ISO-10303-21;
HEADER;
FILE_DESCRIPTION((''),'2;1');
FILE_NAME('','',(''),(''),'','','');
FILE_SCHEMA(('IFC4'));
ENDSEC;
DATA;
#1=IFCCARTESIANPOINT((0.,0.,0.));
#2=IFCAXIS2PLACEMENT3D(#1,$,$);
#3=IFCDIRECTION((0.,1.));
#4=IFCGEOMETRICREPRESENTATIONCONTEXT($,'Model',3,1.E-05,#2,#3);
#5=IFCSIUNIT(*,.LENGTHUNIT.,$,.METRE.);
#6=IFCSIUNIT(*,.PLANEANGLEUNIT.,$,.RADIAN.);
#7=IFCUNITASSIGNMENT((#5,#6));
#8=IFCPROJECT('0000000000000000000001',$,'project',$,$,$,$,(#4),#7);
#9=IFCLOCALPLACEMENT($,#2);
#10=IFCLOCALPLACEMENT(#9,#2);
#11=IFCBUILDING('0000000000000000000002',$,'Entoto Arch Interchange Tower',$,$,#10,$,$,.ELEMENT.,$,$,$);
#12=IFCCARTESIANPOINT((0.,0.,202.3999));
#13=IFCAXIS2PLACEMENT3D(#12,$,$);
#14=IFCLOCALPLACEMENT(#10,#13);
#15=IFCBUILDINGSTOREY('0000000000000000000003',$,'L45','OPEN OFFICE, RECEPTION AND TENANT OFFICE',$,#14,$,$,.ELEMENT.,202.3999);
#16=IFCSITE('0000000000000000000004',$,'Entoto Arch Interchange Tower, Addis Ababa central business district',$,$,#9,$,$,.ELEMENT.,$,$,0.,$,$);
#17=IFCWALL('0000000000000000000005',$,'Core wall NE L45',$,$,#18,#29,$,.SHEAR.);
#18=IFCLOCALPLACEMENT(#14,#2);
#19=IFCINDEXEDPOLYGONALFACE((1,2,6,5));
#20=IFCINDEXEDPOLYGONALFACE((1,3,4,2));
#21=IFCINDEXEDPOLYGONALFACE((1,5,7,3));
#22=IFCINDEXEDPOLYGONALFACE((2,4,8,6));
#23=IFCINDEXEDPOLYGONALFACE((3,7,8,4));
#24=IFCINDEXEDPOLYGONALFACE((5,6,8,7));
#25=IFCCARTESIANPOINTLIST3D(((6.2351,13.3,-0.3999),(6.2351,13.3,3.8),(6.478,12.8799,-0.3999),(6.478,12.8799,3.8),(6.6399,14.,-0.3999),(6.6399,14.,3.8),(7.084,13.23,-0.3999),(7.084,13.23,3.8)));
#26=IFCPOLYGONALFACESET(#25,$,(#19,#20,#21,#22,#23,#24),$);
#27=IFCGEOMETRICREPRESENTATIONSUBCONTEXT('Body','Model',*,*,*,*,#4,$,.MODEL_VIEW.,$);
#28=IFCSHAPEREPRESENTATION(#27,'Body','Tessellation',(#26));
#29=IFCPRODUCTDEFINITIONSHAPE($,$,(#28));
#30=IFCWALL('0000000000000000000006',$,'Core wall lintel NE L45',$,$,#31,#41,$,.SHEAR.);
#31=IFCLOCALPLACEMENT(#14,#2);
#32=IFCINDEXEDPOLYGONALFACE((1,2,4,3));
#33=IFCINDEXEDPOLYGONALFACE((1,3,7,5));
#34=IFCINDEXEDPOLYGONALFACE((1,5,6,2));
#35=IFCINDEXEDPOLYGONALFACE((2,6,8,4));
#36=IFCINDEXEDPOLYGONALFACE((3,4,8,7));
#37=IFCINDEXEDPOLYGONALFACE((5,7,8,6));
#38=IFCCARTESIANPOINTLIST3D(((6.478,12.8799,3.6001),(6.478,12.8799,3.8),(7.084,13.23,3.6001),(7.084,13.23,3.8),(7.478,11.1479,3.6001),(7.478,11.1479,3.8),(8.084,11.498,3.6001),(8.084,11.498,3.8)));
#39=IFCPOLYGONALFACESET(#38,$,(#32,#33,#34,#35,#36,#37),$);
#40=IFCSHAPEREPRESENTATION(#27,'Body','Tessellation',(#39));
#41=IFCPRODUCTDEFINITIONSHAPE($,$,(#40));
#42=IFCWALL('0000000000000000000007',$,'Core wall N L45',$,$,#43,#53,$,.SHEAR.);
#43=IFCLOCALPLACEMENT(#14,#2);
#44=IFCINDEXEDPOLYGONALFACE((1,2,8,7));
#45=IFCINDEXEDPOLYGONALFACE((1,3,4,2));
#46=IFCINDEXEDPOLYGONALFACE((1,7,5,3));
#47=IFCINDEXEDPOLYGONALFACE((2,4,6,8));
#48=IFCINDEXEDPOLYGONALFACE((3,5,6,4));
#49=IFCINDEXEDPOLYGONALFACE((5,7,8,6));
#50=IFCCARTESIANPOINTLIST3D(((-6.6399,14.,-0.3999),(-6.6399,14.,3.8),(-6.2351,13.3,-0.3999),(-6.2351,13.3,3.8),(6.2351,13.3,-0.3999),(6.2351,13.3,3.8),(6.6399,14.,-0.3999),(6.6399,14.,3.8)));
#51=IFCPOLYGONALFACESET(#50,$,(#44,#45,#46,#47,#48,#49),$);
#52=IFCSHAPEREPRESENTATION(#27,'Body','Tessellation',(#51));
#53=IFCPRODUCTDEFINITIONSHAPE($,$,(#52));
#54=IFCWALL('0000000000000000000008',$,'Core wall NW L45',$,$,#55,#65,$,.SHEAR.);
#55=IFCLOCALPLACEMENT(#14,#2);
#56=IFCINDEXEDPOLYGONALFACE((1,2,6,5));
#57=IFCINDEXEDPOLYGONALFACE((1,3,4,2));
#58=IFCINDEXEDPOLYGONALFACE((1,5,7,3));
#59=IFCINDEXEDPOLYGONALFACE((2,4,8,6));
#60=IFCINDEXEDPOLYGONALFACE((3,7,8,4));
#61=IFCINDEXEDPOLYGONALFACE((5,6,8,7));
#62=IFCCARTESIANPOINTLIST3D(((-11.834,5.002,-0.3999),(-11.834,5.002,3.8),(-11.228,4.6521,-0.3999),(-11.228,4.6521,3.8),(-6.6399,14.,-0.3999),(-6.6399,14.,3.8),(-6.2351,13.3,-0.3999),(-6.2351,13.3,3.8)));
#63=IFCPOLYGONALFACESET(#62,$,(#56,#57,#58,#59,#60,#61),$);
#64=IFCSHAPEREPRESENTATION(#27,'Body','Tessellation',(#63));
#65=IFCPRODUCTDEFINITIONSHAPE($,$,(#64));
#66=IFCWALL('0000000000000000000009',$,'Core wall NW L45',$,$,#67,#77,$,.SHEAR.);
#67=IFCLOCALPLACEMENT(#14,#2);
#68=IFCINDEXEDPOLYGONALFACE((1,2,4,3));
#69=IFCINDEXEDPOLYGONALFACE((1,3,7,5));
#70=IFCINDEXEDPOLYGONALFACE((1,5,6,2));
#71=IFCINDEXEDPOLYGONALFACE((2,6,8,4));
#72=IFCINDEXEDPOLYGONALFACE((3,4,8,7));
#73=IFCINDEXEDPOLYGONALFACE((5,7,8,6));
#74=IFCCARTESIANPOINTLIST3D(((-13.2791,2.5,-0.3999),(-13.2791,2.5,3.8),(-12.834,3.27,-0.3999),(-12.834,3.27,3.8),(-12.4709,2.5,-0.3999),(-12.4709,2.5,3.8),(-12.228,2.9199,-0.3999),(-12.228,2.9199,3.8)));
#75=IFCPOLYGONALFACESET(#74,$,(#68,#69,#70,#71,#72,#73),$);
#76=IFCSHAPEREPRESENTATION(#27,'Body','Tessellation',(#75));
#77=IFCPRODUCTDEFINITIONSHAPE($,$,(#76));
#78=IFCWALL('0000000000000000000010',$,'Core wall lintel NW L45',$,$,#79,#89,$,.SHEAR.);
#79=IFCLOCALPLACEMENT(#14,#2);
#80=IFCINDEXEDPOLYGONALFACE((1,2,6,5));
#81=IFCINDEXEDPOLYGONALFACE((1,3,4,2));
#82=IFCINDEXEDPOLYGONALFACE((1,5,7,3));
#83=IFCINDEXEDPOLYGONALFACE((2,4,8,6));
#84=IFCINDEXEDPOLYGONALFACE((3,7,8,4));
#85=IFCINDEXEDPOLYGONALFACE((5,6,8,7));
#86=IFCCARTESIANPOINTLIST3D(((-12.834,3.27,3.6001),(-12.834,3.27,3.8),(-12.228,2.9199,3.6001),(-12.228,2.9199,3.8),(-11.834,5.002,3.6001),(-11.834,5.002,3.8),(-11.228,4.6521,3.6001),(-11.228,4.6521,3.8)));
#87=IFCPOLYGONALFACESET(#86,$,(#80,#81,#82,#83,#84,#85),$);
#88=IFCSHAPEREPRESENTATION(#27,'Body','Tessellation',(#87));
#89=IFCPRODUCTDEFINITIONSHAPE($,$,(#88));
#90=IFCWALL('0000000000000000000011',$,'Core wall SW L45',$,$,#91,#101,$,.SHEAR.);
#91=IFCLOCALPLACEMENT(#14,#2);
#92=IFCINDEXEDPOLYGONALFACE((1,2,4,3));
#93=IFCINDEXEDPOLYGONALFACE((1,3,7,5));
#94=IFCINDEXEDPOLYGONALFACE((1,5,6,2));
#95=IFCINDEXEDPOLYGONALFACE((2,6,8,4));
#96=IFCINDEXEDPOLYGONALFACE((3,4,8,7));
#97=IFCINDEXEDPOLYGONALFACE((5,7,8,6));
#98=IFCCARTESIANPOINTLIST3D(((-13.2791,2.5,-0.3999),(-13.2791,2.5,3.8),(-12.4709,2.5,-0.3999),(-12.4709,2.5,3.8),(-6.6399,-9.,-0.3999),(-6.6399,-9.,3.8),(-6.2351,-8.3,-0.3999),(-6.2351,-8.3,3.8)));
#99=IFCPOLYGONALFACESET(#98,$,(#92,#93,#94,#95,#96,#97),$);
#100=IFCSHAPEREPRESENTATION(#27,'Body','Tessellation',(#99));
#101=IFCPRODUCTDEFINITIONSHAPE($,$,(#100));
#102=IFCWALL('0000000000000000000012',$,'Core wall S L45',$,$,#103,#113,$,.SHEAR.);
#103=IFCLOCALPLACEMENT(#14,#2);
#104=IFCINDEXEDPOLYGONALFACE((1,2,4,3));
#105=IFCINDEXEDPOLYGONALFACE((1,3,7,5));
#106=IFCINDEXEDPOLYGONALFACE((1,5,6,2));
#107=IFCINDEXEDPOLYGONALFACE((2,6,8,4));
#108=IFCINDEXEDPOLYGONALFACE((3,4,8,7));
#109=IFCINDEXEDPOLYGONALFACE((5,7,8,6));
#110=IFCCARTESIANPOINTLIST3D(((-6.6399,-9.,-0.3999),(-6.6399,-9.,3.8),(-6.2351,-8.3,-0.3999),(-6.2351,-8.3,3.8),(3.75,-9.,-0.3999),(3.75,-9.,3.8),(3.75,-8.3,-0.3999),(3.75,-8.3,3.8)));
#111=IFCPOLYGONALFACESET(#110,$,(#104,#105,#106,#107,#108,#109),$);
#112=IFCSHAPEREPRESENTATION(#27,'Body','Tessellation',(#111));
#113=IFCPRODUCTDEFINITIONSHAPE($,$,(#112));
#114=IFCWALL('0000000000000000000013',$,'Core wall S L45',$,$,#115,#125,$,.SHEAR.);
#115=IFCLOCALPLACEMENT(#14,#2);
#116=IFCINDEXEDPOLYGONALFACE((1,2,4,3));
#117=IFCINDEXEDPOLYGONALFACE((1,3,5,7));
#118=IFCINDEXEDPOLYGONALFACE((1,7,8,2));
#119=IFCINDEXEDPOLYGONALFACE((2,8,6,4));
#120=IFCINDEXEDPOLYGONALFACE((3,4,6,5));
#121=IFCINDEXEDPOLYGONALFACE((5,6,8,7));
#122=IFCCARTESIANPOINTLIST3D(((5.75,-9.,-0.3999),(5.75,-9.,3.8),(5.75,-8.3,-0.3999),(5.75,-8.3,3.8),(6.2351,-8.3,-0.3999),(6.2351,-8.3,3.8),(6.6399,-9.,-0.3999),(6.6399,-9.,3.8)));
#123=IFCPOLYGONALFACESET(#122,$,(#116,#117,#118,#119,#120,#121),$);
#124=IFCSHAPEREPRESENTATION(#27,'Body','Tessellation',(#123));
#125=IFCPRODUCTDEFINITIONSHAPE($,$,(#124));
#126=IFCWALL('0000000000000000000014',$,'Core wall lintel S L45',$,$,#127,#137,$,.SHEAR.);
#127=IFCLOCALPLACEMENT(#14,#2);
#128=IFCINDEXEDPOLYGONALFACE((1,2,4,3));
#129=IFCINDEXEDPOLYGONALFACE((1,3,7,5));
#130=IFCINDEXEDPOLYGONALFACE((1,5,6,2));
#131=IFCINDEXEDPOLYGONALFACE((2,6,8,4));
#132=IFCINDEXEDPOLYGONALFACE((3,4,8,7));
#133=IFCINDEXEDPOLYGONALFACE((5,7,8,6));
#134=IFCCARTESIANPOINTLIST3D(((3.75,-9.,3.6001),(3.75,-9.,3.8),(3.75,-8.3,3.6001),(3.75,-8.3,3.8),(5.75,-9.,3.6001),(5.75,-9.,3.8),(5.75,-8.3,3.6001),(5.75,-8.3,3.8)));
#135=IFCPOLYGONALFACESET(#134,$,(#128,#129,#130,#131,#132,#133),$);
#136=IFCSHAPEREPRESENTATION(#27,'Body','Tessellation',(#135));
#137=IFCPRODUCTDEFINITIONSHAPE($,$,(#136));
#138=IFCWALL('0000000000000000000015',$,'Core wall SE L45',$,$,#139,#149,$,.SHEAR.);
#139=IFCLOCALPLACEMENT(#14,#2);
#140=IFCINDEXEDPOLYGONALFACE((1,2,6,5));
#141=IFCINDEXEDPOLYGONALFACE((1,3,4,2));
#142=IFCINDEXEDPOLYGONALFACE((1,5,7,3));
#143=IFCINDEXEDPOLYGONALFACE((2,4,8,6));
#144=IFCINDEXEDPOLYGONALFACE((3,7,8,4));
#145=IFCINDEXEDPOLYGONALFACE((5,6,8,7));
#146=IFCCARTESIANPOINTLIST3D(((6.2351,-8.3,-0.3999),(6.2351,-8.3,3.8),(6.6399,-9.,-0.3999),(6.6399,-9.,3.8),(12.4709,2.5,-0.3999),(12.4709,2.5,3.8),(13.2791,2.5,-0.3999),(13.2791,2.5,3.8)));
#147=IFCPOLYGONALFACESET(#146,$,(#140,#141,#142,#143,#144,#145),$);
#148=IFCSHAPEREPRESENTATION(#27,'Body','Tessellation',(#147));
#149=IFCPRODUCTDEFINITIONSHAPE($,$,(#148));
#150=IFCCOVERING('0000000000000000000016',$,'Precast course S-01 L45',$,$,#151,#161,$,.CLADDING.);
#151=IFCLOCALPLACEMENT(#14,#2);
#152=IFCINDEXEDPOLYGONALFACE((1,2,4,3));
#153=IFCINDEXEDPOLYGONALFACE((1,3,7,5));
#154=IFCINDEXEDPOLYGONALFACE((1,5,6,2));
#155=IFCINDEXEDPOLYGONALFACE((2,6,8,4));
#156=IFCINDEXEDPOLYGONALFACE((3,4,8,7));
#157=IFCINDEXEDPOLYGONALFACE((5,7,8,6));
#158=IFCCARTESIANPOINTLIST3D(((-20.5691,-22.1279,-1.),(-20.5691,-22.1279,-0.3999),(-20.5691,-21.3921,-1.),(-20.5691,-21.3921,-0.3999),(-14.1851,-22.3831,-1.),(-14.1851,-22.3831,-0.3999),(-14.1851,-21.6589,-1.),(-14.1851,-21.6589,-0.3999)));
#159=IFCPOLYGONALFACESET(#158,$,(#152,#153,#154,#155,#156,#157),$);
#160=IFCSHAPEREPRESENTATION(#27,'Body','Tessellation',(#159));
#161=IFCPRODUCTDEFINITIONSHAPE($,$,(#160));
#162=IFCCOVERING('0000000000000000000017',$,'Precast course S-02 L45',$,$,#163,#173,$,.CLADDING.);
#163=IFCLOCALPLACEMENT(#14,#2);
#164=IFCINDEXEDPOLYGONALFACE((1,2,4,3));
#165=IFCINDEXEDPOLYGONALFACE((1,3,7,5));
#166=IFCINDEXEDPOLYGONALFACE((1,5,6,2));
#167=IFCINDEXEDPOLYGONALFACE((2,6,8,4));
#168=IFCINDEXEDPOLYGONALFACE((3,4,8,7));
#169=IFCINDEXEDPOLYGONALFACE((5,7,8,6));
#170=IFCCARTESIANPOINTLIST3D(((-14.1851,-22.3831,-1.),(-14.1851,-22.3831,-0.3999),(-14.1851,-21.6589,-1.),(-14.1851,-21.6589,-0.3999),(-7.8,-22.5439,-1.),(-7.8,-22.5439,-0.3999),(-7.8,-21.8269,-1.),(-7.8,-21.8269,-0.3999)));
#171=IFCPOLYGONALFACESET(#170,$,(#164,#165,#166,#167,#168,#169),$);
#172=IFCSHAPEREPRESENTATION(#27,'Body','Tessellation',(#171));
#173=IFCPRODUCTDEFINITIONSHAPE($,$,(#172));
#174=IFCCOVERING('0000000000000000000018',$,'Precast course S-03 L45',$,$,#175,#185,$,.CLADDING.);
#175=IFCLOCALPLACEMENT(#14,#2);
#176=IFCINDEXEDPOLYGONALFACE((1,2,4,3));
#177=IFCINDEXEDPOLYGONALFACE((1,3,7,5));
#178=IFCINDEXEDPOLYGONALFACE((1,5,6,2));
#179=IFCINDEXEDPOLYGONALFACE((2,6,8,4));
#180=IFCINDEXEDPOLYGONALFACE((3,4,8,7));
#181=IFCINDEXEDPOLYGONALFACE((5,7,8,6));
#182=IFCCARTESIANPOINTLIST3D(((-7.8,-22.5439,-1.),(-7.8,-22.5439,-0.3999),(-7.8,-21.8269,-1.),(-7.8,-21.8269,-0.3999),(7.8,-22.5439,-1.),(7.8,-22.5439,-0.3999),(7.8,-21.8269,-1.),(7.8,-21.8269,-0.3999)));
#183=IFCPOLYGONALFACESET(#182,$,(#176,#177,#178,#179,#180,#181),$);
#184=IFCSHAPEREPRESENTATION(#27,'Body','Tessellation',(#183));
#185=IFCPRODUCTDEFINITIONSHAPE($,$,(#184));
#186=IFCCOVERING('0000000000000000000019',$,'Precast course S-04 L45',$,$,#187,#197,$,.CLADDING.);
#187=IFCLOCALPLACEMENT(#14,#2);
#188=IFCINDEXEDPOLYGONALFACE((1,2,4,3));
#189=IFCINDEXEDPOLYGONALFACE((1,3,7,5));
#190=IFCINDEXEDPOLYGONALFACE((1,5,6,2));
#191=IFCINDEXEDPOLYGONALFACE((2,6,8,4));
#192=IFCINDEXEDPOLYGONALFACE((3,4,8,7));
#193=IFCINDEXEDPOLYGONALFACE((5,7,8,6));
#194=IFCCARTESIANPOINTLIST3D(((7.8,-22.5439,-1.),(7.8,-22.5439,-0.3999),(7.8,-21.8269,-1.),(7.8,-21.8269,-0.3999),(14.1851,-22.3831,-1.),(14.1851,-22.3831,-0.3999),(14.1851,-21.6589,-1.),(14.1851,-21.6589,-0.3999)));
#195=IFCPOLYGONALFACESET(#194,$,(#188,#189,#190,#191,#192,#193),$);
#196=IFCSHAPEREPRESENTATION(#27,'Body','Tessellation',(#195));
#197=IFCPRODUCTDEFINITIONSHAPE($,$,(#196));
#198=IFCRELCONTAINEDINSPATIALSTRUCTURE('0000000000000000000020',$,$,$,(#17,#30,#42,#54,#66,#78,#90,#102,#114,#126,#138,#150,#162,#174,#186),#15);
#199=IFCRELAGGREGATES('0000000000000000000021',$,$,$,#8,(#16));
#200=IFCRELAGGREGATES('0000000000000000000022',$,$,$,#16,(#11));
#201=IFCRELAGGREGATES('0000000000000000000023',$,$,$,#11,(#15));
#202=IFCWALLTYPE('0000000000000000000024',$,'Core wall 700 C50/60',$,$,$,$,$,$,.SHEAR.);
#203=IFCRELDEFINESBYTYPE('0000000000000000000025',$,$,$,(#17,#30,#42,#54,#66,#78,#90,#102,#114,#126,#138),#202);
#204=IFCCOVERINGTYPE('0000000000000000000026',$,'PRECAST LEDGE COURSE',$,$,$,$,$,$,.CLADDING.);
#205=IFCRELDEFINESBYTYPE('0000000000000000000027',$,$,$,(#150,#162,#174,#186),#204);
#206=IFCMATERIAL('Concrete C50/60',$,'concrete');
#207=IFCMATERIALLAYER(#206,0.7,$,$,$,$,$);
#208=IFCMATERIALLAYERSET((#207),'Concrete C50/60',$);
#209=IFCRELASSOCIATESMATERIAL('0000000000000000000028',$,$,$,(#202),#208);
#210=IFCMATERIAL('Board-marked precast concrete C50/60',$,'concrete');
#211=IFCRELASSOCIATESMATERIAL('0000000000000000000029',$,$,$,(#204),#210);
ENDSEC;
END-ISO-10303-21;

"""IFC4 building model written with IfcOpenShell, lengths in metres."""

from ifc_helpers import new_model, si_unit, direction, frame, origin, place, context, subcontext, project, spatial, polyline, outline, extrude, material, layer, layer_set, type_object, element, save


model = new_model("IFC4")

# Units and contexts
model_context = context("Model", 3, precision=1e-05, world=origin(), true_north=direction((0.0, 1.0)))
body_context = subcontext(model_context, "Body", "Model", "MODEL_VIEW")
ifc_project = project(units=[si_unit("LENGTHUNIT", "METRE"), si_unit("PLANEANGLEUNIT", "RADIAN")], contexts=[model_context])

# Site, building, storey
site_placement = place(None, origin())
site = spatial("IfcSite", under=ifc_project, at=site_placement, Name="Entoto Arch Interchange Tower, Addis Ababa central business district", CompositionType="ELEMENT", RefElevation=0.0)
building_placement = place(site_placement, origin())
building = spatial("IfcBuilding", under=site, at=building_placement, Name="Entoto Arch Interchange Tower", CompositionType="ELEMENT")
storey_placement = place(building_placement, frame((0.0, 0.0, 202.3999)))
storey = spatial("IfcBuildingStorey", under=building, at=storey_placement, Name="L45", Description="OPEN OFFICE, RECEPTION AND TENANT OFFICE", CompositionType="ELEMENT", Elevation=202.3999)

# Walls
ifc_material_1 = material(Name="Concrete C50/60", Category="concrete")
ifc_layer = layer(ifc_material_1, 0.7)
ifc_layer_set = layer_set([ifc_layer], Name="Concrete C50/60")
wall_type = type_object("IfcWallType", Name="Core wall 700 C50/60", PredefinedType="SHEAR", material=ifc_layer_set)
wall_1_placement = place(storey_placement, frame((0.0, 0.0, -0.3999)))
element("IfcWall", 1, at=wall_1_placement, inside=storey, type_object=wall_type, Name="Core wall NE L45", PredefinedType="SHEAR", context=body_context, shape_type="SweptSolid", body=[
    extrude(outline(polyline([(6.478, 12.8799), (7.084, 13.23), (6.6399, 14.0), (6.2351, 13.3), (6.478, 12.8799)])), origin(), (0.0, 0.0, 1.0), 4.2),
])
wall_2_placement = place(storey_placement, frame((0.0, 0.0, 3.6001)))
element("IfcWall", 2, at=wall_2_placement, inside=storey, type_object=wall_type, Name="Core wall lintel NE L45", PredefinedType="SHEAR", context=body_context, shape_type="SweptSolid", body=[
    extrude(outline(polyline([(7.084, 13.23), (6.478, 12.8799), (7.478, 11.1479), (8.084, 11.498), (7.084, 13.23)])), origin(), (0.0, 0.0, 1.0), 0.2),
])
wall_3_placement = place(storey_placement, frame((0.0, 0.0, -0.3999)))
element("IfcWall", 3, at=wall_3_placement, inside=storey, type_object=wall_type, Name="Core wall N L45", PredefinedType="SHEAR", context=body_context, shape_type="SweptSolid", body=[
    extrude(outline(polyline([(6.6399, 14.0), (-6.6399, 14.0), (-6.2351, 13.3), (6.2351, 13.3), (6.6399, 14.0)])), origin(), (0.0, 0.0, 1.0), 4.2),
])
wall_4_placement = place(storey_placement, frame((0.0, 0.0, -0.3999)))
element("IfcWall", 4, at=wall_4_placement, inside=storey, type_object=wall_type, Name="Core wall NW L45", PredefinedType="SHEAR", context=body_context, shape_type="SweptSolid", body=[
    extrude(outline(polyline([(-11.834, 5.002), (-11.228, 4.6521), (-6.2351, 13.3), (-6.6399, 14.0), (-11.834, 5.002)])), origin(), (0.0, 0.0, 1.0), 4.2),
])
wall_5_placement = place(storey_placement, frame((0.0, 0.0, -0.3999)))
element("IfcWall", 5, at=wall_5_placement, inside=storey, type_object=wall_type, Name="Core wall NW L45", PredefinedType="SHEAR", context=body_context, shape_type="SweptSolid", body=[
    extrude(outline(polyline([(-12.228, 2.9199), (-12.834, 3.27), (-13.2791, 2.5), (-12.4709, 2.5), (-12.228, 2.9199)])), origin(), (0.0, 0.0, 1.0), 4.2),
])
wall_6_placement = place(storey_placement, frame((0.0, 0.0, 3.6001)))
element("IfcWall", 6, at=wall_6_placement, inside=storey, type_object=wall_type, Name="Core wall lintel NW L45", PredefinedType="SHEAR", context=body_context, shape_type="SweptSolid", body=[
    extrude(outline(polyline([(-12.834, 3.27), (-12.228, 2.9199), (-11.228, 4.6521), (-11.834, 5.002), (-12.834, 3.27)])), origin(), (0.0, 0.0, 1.0), 0.2),
])
wall_7_placement = place(storey_placement, frame((0.0, 0.0, -0.3999)))
element("IfcWall", 7, at=wall_7_placement, inside=storey, type_object=wall_type, Name="Core wall SW L45", PredefinedType="SHEAR", context=body_context, shape_type="SweptSolid", body=[
    extrude(outline(polyline([(-13.2791, 2.5), (-6.6399, -9.0), (-6.2351, -8.3), (-12.4709, 2.5), (-13.2791, 2.5)])), origin(), (0.0, 0.0, 1.0), 4.2),
])
wall_8_placement = place(storey_placement, frame((0.0, 0.0, -0.3999)))
element("IfcWall", 8, at=wall_8_placement, inside=storey, type_object=wall_type, Name="Core wall S L45", PredefinedType="SHEAR", context=body_context, shape_type="SweptSolid", body=[
    extrude(outline(polyline([(3.75, -9.0), (3.75, -8.3), (-6.2351, -8.3), (-6.6399, -9.0), (3.75, -9.0)])), origin(), (0.0, 0.0, 1.0), 4.2),
])
wall_9_placement = place(storey_placement, frame((0.0, 0.0, -0.3999)))
element("IfcWall", 9, at=wall_9_placement, inside=storey, type_object=wall_type, Name="Core wall S L45", PredefinedType="SHEAR", context=body_context, shape_type="SweptSolid", body=[
    extrude(outline(polyline([(5.75, -8.3), (5.75, -9.0), (6.6399, -9.0), (6.2351, -8.3), (5.75, -8.3)])), origin(), (0.0, 0.0, 1.0), 4.2),
])
wall_10_placement = place(storey_placement, frame((0.0, 0.0, 3.6001)))
element("IfcWall", 10, at=wall_10_placement, inside=storey, type_object=wall_type, Name="Core wall lintel S L45", PredefinedType="SHEAR", context=body_context, shape_type="SweptSolid", body=[
    extrude(outline(polyline([(5.75, -9.0), (5.75, -8.3), (3.75, -8.3), (3.75, -9.0), (5.75, -9.0)])), origin(), (0.0, 0.0, 1.0), 0.2),
])
wall_11_placement = place(storey_placement, frame((0.0, 0.0, -0.3999)))
element("IfcWall", 11, at=wall_11_placement, inside=storey, type_object=wall_type, Name="Core wall SE L45", PredefinedType="SHEAR", context=body_context, shape_type="SweptSolid", body=[
    extrude(outline(polyline([(6.6399, -9.0), (13.2791, 2.5), (12.4709, 2.5), (6.2351, -8.3), (6.6399, -9.0)])), origin(), (0.0, 0.0, 1.0), 4.2),
])

# Coverings
ifc_material_2 = material(Name="Board-marked precast concrete C50/60", Category="concrete")
covering_type = type_object("IfcCoveringType", Name="PRECAST LEDGE COURSE", PredefinedType="CLADDING", material=ifc_material_2)
covering_1_placement = place(storey_placement, frame((0.0, 0.0, -1.0)))
element("IfcCovering", 12, at=covering_1_placement, inside=storey, type_object=covering_type, Name="Precast course S-01 L45", PredefinedType="CLADDING", context=body_context, shape_type="SweptSolid", body=[
    extrude(outline(polyline([(-14.1851, -21.6589), (-14.1851, -22.3831), (-20.5691, -22.1279), (-20.5691, -21.3921), (-14.1851, -21.6589)])), origin(), (0.0, 0.0, 1.0), 0.6001),
])
covering_2_placement = place(storey_placement, frame((0.0, 0.0, -1.0)))
element("IfcCovering", 13, at=covering_2_placement, inside=storey, type_object=covering_type, Name="Precast course S-02 L45", PredefinedType="CLADDING", context=body_context, shape_type="SweptSolid", body=[
    extrude(outline(polyline([(-7.8, -21.8269), (-7.8, -22.5439), (-14.1851, -22.3831), (-14.1851, -21.6589), (-7.8, -21.8269)])), origin(), (0.0, 0.0, 1.0), 0.6001),
])
covering_3_placement = place(storey_placement, frame((0.0, 0.0, -1.0)))
element("IfcCovering", 14, at=covering_3_placement, inside=storey, type_object=covering_type, Name="Precast course S-03 L45", PredefinedType="CLADDING", context=body_context, shape_type="SweptSolid", body=[
    extrude(outline(polyline([(7.8, -21.8269), (7.8, -22.5439), (-7.8, -22.5439), (-7.8, -21.8269), (7.8, -21.8269)])), origin(), (0.0, 0.0, 1.0), 0.6001),
])
covering_4_placement = place(storey_placement, frame((0.0, 0.0, -1.0)))
element("IfcCovering", 15, at=covering_4_placement, inside=storey, type_object=covering_type, Name="Precast course S-04 L45", PredefinedType="CLADDING", context=body_context, shape_type="SweptSolid", body=[
    extrude(outline(polyline([(14.1851, -21.6589), (14.1851, -22.3831), (7.8, -22.5439), (7.8, -21.8269), (14.1851, -21.6589)])), origin(), (0.0, 0.0, 1.0), 0.6001),
])

save(model, "model.ifc")
